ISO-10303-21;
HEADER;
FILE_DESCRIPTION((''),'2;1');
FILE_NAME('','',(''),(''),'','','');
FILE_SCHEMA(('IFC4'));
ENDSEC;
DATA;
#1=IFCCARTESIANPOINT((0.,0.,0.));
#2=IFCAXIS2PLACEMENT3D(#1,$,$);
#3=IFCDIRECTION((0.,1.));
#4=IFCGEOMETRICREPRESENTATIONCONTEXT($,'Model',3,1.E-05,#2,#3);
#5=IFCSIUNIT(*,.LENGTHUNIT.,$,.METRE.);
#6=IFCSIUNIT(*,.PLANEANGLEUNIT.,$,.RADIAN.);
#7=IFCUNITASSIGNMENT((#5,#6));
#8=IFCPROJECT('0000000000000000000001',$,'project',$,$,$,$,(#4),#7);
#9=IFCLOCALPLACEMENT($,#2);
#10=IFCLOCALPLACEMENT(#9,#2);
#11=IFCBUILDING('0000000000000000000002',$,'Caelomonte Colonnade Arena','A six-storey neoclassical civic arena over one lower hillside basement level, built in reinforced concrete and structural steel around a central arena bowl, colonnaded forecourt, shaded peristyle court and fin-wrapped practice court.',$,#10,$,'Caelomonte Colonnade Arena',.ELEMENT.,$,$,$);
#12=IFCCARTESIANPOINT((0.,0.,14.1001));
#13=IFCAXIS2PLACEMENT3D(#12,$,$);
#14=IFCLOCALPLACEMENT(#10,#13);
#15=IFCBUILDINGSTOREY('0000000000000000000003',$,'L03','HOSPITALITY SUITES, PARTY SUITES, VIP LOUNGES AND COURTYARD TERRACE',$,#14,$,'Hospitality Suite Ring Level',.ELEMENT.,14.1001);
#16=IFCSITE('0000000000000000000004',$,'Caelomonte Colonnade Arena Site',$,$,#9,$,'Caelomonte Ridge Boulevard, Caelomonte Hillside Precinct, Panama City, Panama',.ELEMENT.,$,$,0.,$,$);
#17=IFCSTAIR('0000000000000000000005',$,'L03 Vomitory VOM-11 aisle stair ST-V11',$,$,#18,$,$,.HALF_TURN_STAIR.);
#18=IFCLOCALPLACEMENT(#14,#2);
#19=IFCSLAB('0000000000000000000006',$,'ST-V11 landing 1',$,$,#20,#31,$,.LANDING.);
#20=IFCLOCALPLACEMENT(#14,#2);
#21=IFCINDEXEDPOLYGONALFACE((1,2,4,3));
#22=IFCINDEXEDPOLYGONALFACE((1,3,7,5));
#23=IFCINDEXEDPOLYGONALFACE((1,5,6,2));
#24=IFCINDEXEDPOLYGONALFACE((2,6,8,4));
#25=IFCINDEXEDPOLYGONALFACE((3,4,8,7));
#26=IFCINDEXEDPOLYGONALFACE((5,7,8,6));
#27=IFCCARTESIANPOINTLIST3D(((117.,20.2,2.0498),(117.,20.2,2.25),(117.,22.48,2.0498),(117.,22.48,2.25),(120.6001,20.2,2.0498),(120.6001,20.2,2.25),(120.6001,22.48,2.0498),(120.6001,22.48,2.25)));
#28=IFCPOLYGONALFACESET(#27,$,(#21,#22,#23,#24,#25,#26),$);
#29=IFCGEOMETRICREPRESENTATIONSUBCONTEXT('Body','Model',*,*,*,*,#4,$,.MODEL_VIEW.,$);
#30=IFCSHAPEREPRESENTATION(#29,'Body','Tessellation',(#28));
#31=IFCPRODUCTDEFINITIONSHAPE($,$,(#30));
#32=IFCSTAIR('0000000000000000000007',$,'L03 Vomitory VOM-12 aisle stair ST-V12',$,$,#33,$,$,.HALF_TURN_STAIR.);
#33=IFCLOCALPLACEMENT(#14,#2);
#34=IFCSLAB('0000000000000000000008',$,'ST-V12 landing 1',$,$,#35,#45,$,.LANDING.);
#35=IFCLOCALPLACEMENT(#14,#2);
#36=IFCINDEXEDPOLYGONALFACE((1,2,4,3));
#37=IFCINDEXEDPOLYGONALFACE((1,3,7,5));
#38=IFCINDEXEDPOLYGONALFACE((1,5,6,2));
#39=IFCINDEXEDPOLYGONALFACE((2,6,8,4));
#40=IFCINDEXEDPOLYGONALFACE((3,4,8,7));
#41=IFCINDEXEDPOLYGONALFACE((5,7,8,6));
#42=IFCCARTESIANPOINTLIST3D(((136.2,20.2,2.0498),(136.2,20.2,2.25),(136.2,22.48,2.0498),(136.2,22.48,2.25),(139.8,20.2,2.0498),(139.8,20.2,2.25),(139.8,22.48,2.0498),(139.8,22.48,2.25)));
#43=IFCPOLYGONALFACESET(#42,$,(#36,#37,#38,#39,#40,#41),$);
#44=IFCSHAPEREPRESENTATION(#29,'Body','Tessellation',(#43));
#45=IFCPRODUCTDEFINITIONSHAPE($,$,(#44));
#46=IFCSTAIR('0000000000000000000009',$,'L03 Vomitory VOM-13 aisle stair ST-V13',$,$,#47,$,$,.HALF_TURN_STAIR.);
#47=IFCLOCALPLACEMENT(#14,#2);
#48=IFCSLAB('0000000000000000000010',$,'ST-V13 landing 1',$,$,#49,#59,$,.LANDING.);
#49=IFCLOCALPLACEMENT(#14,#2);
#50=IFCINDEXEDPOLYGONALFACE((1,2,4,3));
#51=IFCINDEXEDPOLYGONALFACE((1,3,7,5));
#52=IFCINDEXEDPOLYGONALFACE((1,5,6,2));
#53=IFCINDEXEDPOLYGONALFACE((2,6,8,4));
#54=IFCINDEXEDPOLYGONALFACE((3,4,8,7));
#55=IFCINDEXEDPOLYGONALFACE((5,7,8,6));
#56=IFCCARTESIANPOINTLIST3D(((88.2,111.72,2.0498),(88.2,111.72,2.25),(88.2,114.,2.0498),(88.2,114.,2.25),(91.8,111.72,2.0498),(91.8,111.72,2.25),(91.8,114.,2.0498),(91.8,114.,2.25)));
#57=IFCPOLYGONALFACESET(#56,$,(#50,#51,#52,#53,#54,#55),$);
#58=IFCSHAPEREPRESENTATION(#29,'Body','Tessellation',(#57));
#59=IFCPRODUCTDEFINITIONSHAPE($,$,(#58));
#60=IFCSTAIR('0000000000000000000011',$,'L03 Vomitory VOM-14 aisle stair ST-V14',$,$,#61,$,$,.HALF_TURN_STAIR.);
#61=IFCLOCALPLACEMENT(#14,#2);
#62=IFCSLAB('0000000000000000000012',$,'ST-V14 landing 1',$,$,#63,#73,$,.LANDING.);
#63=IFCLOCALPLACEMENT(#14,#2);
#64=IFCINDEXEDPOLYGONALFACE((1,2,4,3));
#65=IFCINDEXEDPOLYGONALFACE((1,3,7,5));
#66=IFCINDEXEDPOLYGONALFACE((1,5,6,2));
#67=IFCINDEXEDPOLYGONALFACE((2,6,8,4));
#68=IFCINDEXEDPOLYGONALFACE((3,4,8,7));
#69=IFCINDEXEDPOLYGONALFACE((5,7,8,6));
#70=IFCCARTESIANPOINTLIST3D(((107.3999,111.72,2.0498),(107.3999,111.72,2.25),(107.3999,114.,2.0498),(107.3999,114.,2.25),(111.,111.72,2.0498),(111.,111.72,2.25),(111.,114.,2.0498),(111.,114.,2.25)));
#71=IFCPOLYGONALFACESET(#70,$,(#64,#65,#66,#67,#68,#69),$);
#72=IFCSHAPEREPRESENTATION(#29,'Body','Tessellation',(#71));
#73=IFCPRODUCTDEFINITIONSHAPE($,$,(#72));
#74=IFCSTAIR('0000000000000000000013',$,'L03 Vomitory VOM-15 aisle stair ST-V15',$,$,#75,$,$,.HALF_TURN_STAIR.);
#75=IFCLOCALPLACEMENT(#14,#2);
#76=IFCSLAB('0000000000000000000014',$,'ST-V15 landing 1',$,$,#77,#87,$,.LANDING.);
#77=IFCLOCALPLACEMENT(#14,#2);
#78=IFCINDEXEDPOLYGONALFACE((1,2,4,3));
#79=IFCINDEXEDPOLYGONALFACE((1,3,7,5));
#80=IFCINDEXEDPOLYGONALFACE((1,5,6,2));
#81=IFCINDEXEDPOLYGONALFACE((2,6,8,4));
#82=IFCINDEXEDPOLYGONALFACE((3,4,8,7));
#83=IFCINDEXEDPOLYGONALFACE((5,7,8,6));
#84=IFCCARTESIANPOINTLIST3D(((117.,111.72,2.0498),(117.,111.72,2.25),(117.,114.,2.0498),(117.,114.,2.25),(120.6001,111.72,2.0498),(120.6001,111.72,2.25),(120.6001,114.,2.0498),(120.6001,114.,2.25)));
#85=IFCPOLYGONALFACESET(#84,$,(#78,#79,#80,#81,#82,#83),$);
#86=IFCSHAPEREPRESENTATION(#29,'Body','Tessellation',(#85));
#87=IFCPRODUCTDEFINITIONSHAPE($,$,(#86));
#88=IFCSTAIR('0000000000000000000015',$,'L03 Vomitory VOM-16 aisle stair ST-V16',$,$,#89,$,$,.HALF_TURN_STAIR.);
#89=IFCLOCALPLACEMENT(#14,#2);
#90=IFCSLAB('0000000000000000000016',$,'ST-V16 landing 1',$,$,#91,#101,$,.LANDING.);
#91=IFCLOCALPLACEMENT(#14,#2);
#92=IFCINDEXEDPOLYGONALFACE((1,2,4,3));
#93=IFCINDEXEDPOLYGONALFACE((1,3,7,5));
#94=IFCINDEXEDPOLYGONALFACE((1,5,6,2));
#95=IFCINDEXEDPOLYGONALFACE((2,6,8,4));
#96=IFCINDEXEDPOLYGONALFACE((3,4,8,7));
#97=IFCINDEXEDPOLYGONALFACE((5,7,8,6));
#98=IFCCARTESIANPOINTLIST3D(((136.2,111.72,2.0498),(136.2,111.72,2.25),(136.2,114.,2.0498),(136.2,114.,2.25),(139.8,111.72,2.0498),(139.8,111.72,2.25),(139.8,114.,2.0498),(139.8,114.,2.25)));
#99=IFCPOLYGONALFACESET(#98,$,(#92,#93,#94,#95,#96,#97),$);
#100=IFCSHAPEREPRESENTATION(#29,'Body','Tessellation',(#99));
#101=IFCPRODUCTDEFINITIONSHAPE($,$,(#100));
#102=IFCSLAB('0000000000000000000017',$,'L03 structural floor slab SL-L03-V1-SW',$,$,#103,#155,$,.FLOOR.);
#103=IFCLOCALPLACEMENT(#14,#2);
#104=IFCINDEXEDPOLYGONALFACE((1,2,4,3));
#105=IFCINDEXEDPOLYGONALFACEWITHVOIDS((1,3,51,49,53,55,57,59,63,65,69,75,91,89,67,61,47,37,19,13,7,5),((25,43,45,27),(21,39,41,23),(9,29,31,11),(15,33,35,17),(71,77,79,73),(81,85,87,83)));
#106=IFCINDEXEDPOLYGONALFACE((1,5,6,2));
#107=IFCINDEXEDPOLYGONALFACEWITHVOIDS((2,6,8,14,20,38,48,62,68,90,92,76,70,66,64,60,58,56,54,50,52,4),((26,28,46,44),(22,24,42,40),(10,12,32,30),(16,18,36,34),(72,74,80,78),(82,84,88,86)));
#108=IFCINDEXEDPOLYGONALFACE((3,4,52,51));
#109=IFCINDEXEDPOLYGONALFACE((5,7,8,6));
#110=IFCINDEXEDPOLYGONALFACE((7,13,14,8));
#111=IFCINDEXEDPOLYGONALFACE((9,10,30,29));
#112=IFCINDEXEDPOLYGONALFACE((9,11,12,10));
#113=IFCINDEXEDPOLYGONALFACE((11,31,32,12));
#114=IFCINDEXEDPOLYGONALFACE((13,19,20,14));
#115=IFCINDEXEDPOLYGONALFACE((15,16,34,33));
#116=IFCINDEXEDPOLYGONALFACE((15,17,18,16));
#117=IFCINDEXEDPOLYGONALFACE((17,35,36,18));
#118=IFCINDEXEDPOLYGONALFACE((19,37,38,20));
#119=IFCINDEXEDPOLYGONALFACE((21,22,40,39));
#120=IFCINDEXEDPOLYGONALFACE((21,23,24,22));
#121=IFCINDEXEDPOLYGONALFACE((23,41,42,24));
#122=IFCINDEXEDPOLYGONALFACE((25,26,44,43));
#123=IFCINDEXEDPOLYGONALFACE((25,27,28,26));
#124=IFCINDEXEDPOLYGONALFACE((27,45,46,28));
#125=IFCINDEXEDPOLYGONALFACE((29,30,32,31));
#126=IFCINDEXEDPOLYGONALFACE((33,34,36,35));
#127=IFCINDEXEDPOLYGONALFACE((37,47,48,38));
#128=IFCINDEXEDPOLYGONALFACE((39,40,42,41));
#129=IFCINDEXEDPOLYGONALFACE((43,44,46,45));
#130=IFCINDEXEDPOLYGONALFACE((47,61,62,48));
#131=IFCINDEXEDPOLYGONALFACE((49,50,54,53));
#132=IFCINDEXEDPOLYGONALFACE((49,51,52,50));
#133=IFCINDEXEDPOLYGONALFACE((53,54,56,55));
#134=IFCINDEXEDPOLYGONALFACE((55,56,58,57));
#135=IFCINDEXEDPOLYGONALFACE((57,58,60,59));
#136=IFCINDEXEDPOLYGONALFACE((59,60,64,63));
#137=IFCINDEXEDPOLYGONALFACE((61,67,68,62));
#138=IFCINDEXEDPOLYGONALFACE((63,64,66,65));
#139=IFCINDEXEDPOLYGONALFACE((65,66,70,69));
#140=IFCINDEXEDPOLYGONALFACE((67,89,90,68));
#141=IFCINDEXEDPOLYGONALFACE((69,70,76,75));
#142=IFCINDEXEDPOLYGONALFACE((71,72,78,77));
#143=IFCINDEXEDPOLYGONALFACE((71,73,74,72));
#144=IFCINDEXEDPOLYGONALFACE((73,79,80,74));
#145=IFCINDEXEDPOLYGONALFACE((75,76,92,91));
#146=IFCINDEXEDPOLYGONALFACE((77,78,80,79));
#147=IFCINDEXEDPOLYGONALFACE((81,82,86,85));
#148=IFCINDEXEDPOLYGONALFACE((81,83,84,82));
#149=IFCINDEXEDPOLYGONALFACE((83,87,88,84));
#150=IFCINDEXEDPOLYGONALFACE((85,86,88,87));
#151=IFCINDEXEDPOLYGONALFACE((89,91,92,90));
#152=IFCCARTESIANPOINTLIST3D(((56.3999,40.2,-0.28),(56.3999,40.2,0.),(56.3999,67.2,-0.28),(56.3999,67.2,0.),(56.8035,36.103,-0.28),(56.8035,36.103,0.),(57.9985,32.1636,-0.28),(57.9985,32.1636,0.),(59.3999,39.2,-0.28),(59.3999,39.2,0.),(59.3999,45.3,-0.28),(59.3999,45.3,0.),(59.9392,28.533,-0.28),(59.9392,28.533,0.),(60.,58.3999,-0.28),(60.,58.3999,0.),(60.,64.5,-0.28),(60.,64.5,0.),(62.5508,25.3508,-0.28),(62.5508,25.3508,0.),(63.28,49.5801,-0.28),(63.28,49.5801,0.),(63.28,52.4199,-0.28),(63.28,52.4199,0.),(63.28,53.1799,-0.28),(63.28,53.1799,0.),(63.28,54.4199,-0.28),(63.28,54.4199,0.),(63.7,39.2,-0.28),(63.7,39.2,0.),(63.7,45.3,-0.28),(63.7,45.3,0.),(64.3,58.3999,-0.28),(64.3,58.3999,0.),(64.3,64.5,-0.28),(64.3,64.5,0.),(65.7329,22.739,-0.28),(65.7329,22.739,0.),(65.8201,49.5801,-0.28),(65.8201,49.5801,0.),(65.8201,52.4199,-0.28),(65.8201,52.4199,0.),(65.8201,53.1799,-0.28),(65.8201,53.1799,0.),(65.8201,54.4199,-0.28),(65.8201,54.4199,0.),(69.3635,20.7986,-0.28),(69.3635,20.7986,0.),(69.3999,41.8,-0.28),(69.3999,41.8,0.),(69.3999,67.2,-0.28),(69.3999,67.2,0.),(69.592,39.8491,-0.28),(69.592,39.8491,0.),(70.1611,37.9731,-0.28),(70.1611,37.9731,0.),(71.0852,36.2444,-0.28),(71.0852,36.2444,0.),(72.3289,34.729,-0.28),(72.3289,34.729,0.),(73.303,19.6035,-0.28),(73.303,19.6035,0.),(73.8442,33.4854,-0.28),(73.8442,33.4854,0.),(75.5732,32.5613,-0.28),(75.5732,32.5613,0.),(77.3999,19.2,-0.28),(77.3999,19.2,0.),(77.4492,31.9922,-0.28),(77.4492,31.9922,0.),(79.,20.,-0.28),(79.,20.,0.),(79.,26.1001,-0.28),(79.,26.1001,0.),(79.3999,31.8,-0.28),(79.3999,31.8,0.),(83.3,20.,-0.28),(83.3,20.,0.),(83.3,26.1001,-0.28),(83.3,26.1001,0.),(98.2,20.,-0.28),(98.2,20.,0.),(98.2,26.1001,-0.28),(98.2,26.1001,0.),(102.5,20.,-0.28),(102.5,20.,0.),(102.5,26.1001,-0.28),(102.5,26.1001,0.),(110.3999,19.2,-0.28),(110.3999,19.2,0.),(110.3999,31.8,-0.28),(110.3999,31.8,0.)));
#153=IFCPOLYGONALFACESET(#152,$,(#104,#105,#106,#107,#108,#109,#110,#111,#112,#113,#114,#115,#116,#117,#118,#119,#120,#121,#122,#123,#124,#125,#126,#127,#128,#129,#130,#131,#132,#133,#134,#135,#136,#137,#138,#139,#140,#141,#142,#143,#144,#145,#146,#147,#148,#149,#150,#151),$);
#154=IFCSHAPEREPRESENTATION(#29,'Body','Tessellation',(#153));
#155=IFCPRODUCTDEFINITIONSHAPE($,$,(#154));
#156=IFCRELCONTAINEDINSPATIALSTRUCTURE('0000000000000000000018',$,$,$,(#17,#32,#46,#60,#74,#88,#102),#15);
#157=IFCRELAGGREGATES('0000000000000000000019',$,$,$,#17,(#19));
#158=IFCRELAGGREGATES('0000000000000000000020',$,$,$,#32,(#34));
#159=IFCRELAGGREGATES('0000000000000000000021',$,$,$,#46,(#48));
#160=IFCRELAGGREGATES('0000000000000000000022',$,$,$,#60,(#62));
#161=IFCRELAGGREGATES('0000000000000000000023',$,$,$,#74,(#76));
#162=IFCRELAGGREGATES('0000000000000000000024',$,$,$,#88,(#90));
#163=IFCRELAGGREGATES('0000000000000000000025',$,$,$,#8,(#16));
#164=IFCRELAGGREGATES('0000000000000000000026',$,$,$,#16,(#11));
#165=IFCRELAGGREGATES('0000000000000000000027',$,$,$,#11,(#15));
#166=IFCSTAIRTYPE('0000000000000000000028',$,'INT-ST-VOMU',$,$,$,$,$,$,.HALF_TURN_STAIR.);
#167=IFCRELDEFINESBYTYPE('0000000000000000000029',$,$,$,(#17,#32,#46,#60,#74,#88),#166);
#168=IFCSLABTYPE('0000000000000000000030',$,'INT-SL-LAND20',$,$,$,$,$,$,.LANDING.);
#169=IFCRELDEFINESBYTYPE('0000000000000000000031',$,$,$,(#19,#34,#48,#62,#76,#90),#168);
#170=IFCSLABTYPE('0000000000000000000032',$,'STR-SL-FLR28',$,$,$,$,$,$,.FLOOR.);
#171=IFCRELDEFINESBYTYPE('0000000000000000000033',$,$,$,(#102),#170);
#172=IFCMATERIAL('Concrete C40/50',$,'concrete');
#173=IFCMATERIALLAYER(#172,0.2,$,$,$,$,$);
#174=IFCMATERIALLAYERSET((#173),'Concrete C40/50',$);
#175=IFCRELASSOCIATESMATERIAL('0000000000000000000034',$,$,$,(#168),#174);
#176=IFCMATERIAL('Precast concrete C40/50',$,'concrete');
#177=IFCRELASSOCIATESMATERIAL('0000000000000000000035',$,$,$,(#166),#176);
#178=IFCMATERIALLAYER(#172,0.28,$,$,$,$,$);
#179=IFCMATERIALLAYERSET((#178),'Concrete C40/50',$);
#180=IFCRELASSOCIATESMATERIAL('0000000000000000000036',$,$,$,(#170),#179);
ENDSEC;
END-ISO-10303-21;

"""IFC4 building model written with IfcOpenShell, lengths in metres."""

from ifc_helpers import new_model, si_unit, direction, frame, origin, place, context, subcontext, project, spatial, polyline, outline, extrude, material, layer, layer_set, type_object, element, aggregate, save


model = new_model("IFC4")

# Units and contexts
model_context = context("Model", 3, precision=1e-05, world=origin(), true_north=direction((0.0, 1.0)))
body_context = subcontext(model_context, "Body", "Model", "MODEL_VIEW")
ifc_project = project(units=[si_unit("LENGTHUNIT", "METRE"), si_unit("PLANEANGLEUNIT", "RADIAN")], contexts=[model_context])

# Site, building, storey
site_placement = place(None, origin())
site = spatial("IfcSite", under=ifc_project, at=site_placement, Name="Caelomonte Colonnade Arena Site", LongName="Caelomonte Ridge Boulevard, Caelomonte Hillside Precinct, Panama City, Panama", CompositionType="ELEMENT", RefElevation=0.0)
building_placement = place(site_placement, origin())
building = spatial("IfcBuilding", under=site, at=building_placement, Name="Caelomonte Colonnade Arena", Description="A six-storey neoclassical civic arena over one lower hillside basement level, built in reinforced concrete and structural steel around a central arena bowl, colonnaded forecourt, shaded peristyle court and fin-wrapped practice court.", LongName="Caelomonte Colonnade Arena", CompositionType="ELEMENT")
storey_placement = place(building_placement, frame((0.0, 0.0, 14.1001)))
storey = spatial("IfcBuildingStorey", under=building, at=storey_placement, Name="L03", Description="HOSPITALITY SUITES, PARTY SUITES, VIP LOUNGES AND COURTYARD TERRACE", LongName="Hospitality Suite Ring Level", CompositionType="ELEMENT", Elevation=14.1001)

# Stairs, slabs
ifc_material_1 = material(Name="Concrete C40/50", Category="concrete")
ifc_layer_1 = layer(ifc_material_1, 0.2)
ifc_layer_set_1 = layer_set([ifc_layer_1], Name="Concrete C40/50")
slab_type_1 = type_object("IfcSlabType", Name="INT-SL-LAND20", PredefinedType="LANDING", material=ifc_layer_set_1)
ifc_material_2 = material(Name="Precast concrete C40/50", Category="concrete")
stair_type_1 = type_object("IfcStairType", Name="INT-ST-VOMU", PredefinedType="HALF_TURN_STAIR", material=ifc_material_2)
stair_1_placement = place(storey_placement, origin())
stair_1 = element("IfcStair", 1, at=stair_1_placement, inside=storey, type_object=stair_type_1, Name="L03 Vomitory VOM-11 aisle stair ST-V11", PredefinedType="HALF_TURN_STAIR")
slab_1_placement = place(storey_placement, frame((0.0, 0.0, 2.0498)))
slab_1 = element("IfcSlab", 2, at=slab_1_placement, type_object=slab_type_1, Name="ST-V11 landing 1", PredefinedType="LANDING", context=body_context, shape_type="SweptSolid", body=[
    extrude(outline(polyline([(117.0, 22.48), (117.0, 20.2), (120.6001, 20.2), (120.6001, 22.48), (117.0, 22.48)])), origin(), (0.0, 0.0, 1.0), 0.2002),
])
aggregate(stair_1, [slab_1])
stair_2_placement = place(storey_placement, origin())
stair_2 = element("IfcStair", 3, at=stair_2_placement, inside=storey, type_object=stair_type_1, Name="L03 Vomitory VOM-12 aisle stair ST-V12", PredefinedType="HALF_TURN_STAIR")
slab_2_placement = place(storey_placement, frame((0.0, 0.0, 2.0498)))
slab_2 = element("IfcSlab", 4, at=slab_2_placement, type_object=slab_type_1, Name="ST-V12 landing 1", PredefinedType="LANDING", context=body_context, shape_type="SweptSolid", body=[
    extrude(outline(polyline([(136.2, 22.48), (136.2, 20.2), (139.8, 20.2), (139.8, 22.48), (136.2, 22.48)])), origin(), (0.0, 0.0, 1.0), 0.2002),
])
aggregate(stair_2, [slab_2])
stair_3_placement = place(storey_placement, origin())
stair_3 = element("IfcStair", 5, at=stair_3_placement, inside=storey, type_object=stair_type_1, Name="L03 Vomitory VOM-13 aisle stair ST-V13", PredefinedType="HALF_TURN_STAIR")
slab_3_placement = place(storey_placement, frame((0.0, 0.0, 2.0498)))
slab_3 = element("IfcSlab", 6, at=slab_3_placement, type_object=slab_type_1, Name="ST-V13 landing 1", PredefinedType="LANDING", context=body_context, shape_type="SweptSolid", body=[
    extrude(outline(polyline([(91.8, 111.72), (91.8, 114.0), (88.2, 114.0), (88.2, 111.72), (91.8, 111.72)])), origin(), (0.0, 0.0, 1.0), 0.2002),
])
aggregate(stair_3, [slab_3])
stair_4_placement = place(storey_placement, origin())
stair_4 = element("IfcStair", 7, at=stair_4_placement, inside=storey, type_object=stair_type_1, Name="L03 Vomitory VOM-14 aisle stair ST-V14", PredefinedType="HALF_TURN_STAIR")
slab_4_placement = place(storey_placement, frame((0.0, 0.0, 2.0498)))
slab_4 = element("IfcSlab", 8, at=slab_4_placement, type_object=slab_type_1, Name="ST-V14 landing 1", PredefinedType="LANDING", context=body_context, shape_type="SweptSolid", body=[
    extrude(outline(polyline([(111.0, 111.72), (111.0, 114.0), (107.3999, 114.0), (107.3999, 111.72), (111.0, 111.72)])), origin(), (0.0, 0.0, 1.0), 0.2002),
])
aggregate(stair_4, [slab_4])
stair_5_placement = place(storey_placement, origin())
stair_5 = element("IfcStair", 9, at=stair_5_placement, inside=storey, type_object=stair_type_1, Name="L03 Vomitory VOM-15 aisle stair ST-V15", PredefinedType="HALF_TURN_STAIR")
slab_5_placement = place(storey_placement, frame((0.0, 0.0, 2.0498)))
slab_5 = element("IfcSlab", 10, at=slab_5_placement, type_object=slab_type_1, Name="ST-V15 landing 1", PredefinedType="LANDING", context=body_context, shape_type="SweptSolid", body=[
    extrude(outline(polyline([(120.6001, 111.72), (120.6001, 114.0), (117.0, 114.0), (117.0, 111.72), (120.6001, 111.72)])), origin(), (0.0, 0.0, 1.0), 0.2002),
])
aggregate(stair_5, [slab_5])
stair_6_placement = place(storey_placement, origin())
stair_6 = element("IfcStair", 11, at=stair_6_placement, inside=storey, type_object=stair_type_1, Name="L03 Vomitory VOM-16 aisle stair ST-V16", PredefinedType="HALF_TURN_STAIR")
slab_6_placement = place(storey_placement, frame((0.0, 0.0, 2.0498)))
slab_6 = element("IfcSlab", 12, at=slab_6_placement, type_object=slab_type_1, Name="ST-V16 landing 1", PredefinedType="LANDING", context=body_context, shape_type="SweptSolid", body=[
    extrude(outline(polyline([(139.8, 111.72), (139.8, 114.0), (136.2, 114.0), (136.2, 111.72), (139.8, 111.72)])), origin(), (0.0, 0.0, 1.0), 0.2002),
])
aggregate(stair_6, [slab_6])

# Slab
ifc_layer_2 = layer(ifc_material_1, 0.28)
ifc_layer_set_2 = layer_set([ifc_layer_2], Name="Concrete C40/50")
slab_type_2 = type_object("IfcSlabType", Name="STR-SL-FLR28", PredefinedType="FLOOR", material=ifc_layer_set_2)
slab_7_placement = place(storey_placement, frame((0.0, 0.0, -0.28)))
element("IfcSlab", 13, at=slab_7_placement, inside=storey, type_object=slab_type_2, Name="L03 structural floor slab SL-L03-V1-SW", PredefinedType="FLOOR", context=body_context, shape_type="SweptSolid", body=[
    extrude(outline(polyline([(73.303, 19.6035), (77.3999, 19.2), (110.3999, 19.2), (110.3999, 31.8), (79.3999, 31.8), (77.4492, 31.9922), (75.5732, 32.5613), (73.8442, 33.4854), (72.3289, 34.729), (71.0852, 36.2444), (70.1611, 37.9731), (69.592, 39.8491), (69.3999, 41.8), (69.3999, 67.2), (56.3999, 67.2), (56.3999, 40.2), (56.8035, 36.103), (57.9985, 32.1636), (59.9392, 28.533), (62.5508, 25.3508), (65.7329, 22.739), (69.3635, 20.7986), (73.303, 19.6035)]), holes=[polyline([(79.0, 26.1001), (83.3, 26.1001), (83.3, 20.0), (79.0, 20.0), (79.0, 26.1001)]), polyline([(102.5, 26.1001), (102.5, 20.0), (98.2, 20.0), (98.2, 26.1001), (102.5, 26.1001)]), polyline([(63.7, 45.3), (63.7, 39.2), (59.3999, 39.2), (59.3999, 45.3), (63.7, 45.3)]), polyline([(63.28, 49.5801), (63.28, 52.4199), (65.8201, 52.4199), (65.8201, 49.5801), (63.28, 49.5801)]), polyline([(63.28, 53.1799), (63.28, 54.4199), (65.8201, 54.4199), (65.8201, 53.1799), (63.28, 53.1799)]), polyline([(64.3, 64.5), (64.3, 58.3999), (60.0, 58.3999), (60.0, 64.5), (64.3, 64.5)])]), origin(), (0.0, 0.0, 1.0), 0.28),
])

save(model, "model.ifc")
